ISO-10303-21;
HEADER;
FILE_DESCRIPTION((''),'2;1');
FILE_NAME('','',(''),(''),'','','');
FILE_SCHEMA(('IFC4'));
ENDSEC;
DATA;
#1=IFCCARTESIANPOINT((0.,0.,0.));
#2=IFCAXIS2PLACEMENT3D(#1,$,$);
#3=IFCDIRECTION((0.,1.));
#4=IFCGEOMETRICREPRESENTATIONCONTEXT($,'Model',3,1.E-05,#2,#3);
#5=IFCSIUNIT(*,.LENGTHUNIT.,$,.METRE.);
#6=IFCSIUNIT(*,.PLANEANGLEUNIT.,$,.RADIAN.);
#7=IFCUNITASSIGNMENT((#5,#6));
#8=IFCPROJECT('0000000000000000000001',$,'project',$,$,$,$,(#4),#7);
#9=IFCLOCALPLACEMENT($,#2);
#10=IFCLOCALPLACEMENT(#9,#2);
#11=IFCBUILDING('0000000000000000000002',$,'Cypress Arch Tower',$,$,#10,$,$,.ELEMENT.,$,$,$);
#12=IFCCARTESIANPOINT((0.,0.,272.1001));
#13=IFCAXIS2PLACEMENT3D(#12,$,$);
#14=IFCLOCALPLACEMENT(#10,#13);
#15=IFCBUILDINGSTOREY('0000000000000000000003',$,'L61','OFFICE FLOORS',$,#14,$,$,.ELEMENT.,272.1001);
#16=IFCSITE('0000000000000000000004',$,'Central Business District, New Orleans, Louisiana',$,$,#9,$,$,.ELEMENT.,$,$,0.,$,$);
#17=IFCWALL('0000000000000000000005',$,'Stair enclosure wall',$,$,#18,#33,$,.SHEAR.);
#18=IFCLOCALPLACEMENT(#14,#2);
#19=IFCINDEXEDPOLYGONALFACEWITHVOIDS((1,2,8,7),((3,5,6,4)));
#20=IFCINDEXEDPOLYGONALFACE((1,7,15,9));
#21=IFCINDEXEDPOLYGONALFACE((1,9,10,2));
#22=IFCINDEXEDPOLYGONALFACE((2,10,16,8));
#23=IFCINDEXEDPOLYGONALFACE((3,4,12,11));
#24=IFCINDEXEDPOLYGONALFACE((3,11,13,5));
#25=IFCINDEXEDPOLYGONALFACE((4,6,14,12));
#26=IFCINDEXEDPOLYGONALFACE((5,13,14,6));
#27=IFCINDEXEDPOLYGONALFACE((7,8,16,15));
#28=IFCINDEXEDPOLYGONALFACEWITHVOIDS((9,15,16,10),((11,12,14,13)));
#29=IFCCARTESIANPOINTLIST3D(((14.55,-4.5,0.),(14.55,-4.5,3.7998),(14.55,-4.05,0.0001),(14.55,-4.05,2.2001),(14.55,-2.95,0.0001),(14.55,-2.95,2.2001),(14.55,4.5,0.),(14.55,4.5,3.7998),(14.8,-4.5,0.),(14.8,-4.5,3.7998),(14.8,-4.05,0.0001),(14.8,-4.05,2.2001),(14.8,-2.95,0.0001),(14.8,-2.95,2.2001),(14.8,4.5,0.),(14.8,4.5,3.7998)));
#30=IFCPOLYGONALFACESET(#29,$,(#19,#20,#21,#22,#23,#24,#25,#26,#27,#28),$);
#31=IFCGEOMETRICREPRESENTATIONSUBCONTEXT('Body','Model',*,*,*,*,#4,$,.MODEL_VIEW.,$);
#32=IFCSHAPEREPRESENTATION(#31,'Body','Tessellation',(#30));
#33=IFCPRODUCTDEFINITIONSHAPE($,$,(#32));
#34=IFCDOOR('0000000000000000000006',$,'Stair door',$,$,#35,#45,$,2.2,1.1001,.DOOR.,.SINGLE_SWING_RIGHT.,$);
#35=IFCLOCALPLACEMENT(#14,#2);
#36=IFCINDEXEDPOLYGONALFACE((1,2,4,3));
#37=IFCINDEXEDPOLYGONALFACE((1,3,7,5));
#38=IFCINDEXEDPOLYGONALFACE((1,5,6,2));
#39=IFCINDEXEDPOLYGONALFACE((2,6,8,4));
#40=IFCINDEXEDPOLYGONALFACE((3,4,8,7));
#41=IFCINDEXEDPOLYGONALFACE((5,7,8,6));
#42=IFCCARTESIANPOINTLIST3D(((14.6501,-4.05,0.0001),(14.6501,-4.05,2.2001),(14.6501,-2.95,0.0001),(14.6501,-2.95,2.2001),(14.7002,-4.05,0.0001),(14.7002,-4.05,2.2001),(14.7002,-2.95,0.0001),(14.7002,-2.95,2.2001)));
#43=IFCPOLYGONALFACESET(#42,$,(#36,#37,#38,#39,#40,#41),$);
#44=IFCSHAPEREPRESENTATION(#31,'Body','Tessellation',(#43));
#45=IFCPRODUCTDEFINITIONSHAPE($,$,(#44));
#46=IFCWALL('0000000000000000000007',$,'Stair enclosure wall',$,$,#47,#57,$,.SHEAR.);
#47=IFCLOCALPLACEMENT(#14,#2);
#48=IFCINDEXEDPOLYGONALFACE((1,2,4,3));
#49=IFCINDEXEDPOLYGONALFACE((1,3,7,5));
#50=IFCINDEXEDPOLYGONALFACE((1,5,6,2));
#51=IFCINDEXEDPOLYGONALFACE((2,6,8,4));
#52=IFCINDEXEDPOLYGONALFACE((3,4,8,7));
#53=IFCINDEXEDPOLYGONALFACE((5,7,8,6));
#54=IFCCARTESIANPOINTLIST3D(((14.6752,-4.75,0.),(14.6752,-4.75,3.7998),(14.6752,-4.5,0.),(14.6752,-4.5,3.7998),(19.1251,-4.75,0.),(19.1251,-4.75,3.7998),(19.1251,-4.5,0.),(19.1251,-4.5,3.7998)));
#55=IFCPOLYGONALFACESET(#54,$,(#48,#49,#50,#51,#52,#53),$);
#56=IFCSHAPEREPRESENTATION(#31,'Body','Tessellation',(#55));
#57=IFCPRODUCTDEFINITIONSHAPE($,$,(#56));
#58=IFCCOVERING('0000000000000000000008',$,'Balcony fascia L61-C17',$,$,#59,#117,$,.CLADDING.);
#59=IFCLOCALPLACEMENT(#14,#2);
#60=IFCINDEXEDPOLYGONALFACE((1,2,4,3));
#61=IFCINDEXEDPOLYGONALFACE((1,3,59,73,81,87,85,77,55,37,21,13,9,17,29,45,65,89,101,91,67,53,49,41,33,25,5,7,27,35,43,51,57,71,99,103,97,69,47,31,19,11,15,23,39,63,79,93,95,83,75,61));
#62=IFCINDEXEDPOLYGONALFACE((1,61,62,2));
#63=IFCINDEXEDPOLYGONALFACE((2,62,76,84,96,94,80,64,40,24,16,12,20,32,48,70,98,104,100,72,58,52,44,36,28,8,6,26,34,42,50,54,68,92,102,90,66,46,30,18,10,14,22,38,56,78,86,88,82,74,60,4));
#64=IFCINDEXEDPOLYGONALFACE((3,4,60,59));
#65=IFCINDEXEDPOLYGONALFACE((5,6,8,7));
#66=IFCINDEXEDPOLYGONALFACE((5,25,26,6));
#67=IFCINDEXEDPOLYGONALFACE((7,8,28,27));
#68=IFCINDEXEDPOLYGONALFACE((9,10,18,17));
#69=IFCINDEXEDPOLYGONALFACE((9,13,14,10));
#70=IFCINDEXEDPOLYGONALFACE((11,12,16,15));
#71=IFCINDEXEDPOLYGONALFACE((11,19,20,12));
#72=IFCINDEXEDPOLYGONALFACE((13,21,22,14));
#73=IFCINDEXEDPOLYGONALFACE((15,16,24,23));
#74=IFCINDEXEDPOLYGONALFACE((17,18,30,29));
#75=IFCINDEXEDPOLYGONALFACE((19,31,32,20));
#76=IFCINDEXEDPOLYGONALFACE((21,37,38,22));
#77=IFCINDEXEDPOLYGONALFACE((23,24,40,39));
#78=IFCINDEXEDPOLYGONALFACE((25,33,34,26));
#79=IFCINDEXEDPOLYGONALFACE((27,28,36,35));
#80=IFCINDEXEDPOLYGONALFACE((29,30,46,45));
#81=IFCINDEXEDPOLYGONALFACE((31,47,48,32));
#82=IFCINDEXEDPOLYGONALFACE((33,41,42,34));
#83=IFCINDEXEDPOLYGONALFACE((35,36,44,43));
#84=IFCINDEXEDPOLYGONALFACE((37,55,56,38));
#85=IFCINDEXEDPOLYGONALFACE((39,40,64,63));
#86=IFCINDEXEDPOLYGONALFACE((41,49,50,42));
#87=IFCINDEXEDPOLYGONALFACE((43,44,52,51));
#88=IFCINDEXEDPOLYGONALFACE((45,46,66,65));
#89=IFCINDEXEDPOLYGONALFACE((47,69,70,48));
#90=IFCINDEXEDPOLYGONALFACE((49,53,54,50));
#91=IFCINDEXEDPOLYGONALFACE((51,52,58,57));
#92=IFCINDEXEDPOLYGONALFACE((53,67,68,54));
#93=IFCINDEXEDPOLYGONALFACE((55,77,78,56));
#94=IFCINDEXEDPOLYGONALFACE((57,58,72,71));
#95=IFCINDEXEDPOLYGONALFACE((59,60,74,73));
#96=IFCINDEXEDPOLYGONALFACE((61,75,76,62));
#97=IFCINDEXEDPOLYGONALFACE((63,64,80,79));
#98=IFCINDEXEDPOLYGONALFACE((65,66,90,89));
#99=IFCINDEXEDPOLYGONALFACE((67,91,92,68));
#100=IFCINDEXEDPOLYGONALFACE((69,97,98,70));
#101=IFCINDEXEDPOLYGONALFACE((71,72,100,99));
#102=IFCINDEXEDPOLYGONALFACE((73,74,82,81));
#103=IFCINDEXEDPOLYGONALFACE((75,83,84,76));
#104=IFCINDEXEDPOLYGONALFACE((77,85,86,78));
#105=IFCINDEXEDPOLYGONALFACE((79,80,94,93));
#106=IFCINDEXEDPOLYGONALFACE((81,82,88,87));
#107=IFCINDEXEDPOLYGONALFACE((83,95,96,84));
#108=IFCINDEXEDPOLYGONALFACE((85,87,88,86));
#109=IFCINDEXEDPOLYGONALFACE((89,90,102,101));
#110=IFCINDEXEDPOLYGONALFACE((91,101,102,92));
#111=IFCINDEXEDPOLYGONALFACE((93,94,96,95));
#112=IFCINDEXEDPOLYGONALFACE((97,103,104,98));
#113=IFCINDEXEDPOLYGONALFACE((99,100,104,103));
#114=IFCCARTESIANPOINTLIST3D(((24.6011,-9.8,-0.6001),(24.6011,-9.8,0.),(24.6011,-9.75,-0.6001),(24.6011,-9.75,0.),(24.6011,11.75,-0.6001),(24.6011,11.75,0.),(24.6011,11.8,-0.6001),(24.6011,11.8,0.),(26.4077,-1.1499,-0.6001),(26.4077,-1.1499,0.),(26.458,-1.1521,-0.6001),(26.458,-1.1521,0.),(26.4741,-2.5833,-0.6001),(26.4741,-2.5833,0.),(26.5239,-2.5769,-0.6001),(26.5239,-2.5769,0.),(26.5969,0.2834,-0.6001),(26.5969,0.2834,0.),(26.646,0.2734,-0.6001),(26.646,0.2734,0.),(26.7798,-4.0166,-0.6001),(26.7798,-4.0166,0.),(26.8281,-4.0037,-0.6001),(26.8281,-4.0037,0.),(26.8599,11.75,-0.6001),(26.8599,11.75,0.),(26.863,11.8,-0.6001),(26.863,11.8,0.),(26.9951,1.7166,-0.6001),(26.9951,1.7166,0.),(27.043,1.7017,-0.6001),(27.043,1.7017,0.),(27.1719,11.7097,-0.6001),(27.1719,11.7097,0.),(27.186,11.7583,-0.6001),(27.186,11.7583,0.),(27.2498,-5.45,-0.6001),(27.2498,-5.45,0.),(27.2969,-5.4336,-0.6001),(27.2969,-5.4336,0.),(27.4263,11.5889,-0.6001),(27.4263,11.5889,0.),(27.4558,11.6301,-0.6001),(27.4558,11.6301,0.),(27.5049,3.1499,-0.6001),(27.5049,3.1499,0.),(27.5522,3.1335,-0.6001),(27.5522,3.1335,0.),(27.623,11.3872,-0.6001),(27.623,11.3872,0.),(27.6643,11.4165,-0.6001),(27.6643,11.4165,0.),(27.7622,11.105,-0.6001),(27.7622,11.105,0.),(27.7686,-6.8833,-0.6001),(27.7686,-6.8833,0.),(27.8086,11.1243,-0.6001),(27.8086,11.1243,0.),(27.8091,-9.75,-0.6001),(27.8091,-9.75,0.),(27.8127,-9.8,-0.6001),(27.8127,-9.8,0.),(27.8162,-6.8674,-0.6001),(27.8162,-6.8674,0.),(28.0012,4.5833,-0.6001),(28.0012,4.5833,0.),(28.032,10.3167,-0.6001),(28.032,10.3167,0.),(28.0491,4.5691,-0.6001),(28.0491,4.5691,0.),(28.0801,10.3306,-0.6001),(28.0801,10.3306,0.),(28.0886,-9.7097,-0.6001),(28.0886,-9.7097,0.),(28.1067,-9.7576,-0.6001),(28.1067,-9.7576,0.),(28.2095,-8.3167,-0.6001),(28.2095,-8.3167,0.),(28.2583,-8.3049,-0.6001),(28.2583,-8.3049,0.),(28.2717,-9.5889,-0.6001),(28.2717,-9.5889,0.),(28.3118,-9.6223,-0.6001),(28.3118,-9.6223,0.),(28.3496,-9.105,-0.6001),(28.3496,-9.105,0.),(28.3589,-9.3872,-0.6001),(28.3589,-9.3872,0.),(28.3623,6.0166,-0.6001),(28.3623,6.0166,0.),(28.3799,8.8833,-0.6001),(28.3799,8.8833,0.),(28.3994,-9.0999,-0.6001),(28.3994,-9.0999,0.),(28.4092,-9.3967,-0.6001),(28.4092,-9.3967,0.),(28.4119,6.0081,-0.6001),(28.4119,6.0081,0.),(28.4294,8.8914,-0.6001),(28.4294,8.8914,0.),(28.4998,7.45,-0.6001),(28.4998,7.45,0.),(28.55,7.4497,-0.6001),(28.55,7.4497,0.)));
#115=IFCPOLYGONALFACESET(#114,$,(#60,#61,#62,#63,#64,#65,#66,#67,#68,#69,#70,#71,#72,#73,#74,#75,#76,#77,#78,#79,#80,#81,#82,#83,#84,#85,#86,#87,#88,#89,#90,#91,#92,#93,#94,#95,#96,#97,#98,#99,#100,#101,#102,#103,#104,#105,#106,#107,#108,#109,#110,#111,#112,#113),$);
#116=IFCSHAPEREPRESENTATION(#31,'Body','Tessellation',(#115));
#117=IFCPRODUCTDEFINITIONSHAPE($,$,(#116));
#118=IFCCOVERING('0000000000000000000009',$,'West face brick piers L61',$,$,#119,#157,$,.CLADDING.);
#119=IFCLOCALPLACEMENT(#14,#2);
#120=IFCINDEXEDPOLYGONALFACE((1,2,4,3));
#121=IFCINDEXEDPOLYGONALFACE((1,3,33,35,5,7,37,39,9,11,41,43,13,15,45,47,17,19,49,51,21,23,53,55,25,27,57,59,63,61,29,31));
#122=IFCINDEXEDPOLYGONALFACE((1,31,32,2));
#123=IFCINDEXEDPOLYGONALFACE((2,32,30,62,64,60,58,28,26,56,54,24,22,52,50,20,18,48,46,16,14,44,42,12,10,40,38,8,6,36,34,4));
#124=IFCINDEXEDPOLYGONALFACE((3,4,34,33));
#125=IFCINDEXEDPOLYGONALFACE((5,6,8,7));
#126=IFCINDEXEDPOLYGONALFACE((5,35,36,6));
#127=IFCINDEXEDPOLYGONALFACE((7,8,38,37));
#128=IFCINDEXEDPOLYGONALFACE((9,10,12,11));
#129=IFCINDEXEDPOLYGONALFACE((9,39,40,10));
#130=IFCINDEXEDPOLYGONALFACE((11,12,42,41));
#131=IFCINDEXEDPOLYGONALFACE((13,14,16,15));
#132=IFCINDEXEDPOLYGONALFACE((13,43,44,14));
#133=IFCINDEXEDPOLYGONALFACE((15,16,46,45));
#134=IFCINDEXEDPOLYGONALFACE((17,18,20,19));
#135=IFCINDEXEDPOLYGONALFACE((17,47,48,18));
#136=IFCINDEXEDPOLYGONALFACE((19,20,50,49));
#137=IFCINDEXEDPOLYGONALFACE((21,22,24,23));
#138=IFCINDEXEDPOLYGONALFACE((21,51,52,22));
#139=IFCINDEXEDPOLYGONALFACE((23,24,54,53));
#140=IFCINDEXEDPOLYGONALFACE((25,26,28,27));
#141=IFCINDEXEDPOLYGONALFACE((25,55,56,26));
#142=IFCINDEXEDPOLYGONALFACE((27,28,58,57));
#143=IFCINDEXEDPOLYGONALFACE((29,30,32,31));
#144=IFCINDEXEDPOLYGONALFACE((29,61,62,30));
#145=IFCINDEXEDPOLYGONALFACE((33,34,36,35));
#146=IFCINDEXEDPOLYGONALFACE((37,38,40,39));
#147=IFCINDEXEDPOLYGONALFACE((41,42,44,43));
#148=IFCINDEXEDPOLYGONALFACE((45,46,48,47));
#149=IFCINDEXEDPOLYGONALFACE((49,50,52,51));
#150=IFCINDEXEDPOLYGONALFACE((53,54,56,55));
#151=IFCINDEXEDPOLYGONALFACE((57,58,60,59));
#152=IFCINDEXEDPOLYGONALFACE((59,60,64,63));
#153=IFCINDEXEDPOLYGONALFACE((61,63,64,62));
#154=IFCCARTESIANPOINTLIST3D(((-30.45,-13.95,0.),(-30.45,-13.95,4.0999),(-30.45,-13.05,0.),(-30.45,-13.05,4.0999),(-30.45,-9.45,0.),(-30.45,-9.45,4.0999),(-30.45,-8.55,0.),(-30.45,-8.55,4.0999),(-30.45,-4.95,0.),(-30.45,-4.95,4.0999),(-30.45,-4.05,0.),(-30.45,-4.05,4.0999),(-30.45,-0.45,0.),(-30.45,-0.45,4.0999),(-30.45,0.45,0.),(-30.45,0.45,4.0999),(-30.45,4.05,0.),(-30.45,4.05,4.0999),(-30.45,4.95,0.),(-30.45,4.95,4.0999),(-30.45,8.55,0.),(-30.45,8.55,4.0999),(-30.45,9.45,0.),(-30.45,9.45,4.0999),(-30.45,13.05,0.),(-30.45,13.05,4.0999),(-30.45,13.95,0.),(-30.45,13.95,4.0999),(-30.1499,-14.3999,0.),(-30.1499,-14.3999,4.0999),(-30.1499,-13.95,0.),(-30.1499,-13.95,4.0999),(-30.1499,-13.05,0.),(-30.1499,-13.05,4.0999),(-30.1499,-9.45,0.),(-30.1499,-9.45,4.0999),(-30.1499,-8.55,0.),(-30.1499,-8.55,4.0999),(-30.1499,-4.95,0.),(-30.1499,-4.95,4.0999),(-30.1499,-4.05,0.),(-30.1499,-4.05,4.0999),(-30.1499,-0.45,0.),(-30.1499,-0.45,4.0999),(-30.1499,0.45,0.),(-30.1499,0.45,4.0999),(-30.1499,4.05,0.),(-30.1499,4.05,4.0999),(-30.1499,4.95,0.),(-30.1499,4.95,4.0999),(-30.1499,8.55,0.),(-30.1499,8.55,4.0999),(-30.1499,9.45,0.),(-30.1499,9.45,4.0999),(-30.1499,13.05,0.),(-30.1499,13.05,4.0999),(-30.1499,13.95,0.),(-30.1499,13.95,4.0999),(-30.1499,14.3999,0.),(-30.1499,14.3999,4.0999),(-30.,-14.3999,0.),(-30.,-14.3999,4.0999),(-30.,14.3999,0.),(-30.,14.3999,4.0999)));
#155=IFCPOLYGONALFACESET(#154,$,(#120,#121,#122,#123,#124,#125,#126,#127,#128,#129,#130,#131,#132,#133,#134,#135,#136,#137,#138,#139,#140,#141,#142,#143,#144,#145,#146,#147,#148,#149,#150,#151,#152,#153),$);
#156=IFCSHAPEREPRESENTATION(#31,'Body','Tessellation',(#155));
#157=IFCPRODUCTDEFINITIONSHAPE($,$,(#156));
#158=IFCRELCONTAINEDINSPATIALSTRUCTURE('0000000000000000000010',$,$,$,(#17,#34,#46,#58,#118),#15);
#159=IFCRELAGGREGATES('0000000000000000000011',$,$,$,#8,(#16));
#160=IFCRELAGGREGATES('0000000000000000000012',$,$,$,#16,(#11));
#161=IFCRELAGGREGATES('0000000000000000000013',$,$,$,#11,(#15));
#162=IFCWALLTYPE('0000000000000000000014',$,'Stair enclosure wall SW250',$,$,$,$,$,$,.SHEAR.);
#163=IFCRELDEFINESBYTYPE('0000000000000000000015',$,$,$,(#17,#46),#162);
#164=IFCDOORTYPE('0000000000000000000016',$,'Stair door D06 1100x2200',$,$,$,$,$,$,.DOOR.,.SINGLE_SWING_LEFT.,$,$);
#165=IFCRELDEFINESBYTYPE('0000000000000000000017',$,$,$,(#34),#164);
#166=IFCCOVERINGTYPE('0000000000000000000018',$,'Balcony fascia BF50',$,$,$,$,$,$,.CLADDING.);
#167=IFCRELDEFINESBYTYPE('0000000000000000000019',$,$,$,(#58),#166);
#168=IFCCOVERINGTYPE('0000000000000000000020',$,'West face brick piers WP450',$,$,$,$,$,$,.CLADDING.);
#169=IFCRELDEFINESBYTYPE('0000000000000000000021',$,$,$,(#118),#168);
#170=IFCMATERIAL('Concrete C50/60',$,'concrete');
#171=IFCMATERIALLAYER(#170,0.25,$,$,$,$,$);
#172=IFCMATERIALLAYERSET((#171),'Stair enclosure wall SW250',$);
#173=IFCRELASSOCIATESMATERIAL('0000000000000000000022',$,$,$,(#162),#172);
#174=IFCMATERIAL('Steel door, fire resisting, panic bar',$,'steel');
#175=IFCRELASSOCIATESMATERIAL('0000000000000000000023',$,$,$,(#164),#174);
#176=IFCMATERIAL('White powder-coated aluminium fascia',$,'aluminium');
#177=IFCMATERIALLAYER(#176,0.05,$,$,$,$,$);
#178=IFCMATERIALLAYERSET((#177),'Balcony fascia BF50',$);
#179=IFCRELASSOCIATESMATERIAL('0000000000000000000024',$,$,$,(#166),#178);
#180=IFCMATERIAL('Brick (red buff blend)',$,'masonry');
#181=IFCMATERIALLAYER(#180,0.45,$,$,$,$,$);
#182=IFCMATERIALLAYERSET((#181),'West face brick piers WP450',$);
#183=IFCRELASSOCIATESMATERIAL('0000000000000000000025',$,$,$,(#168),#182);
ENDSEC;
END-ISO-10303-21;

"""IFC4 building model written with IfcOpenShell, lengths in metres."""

from ifc_helpers import new_model, si_unit, direction, frame, frame_2d, origin, place, context, subcontext, project, spatial, polyline, rectangle, outline, extrude, material, layer, layer_set, type_object, element, fill, save


model = new_model("IFC4")

# Units and contexts
model_context = context("Model", 3, precision=1e-05, world=origin(), true_north=direction((0.0, 1.0)))
body_context = subcontext(model_context, "Body", "Model", "MODEL_VIEW")
ifc_project = project(units=[si_unit("LENGTHUNIT", "METRE"), si_unit("PLANEANGLEUNIT", "RADIAN")], contexts=[model_context])

# Site, building, storey
site_placement = place(None, origin())
site = spatial("IfcSite", under=ifc_project, at=site_placement, Name="Central Business District, New Orleans, Louisiana", CompositionType="ELEMENT", RefElevation=0.0)
building_placement = place(site_placement, origin())
building = spatial("IfcBuilding", under=site, at=building_placement, Name="Cypress Arch Tower", CompositionType="ELEMENT")
storey_placement = place(building_placement, frame((0.0, 0.0, 272.1001)))
storey = spatial("IfcBuildingStorey", under=building, at=storey_placement, Name="L61", Description="OFFICE FLOORS", CompositionType="ELEMENT", Elevation=272.1001)

# Wall, opening, door
ifc_material_1 = material(Name="Concrete C50/60", Category="concrete")
ifc_layer_1 = layer(ifc_material_1, 0.25)
ifc_layer_set_1 = layer_set([ifc_layer_1], Name="Stair enclosure wall SW250")
wall_type_1 = type_object("IfcWallType", Name="Stair enclosure wall SW250", PredefinedType="SHEAR", material=ifc_layer_set_1)
wall_1_placement = place(storey_placement, frame((14.675, -4.5, 0.0), z_axis=(0.0, 0.0, 1.0), x_axis=(0.0, 1.0, 0.0)))
wall_1 = element("IfcWall", 1, at=wall_1_placement, inside=storey, type_object=wall_type_1, Name="Stair enclosure wall", PredefinedType="SHEAR", context=body_context, shape_type="SweptSolid", body=[
    extrude(rectangle(XDim=9.0, YDim=0.25, at=frame_2d((4.5, 0.0))), origin(), (0.0, 0.0, 1.0), 3.7998),
])
opening_placement = place(wall_1_placement, frame((0.45, 0.0, 0.0)))
opening = element("IfcOpeningElement", 2, at=opening_placement, cuts=wall_1, PredefinedType="OPENING", context=body_context, shape_type="SweptSolid", body=[
    extrude(rectangle(XDim=1.1001, YDim=2.2, at=frame_2d((0.55, 1.1001))), frame((0.0, 0.135, 0.0), z_axis=(0.0, -1.0, 0.0), x_axis=(1.0, 0.0, 0.0)), (0.0, 0.0, 1.0), 0.27),
])
ifc_material_2 = material(Name="Steel door, fire resisting, panic bar", Category="steel")
door_type = type_object("IfcDoorType", Name="Stair door D06 1100x2200", OperationType="SINGLE_SWING_LEFT", PredefinedType="DOOR", material=ifc_material_2)
door_placement = place(opening_placement, origin())
door = element("IfcDoor", 3, at=door_placement, inside=storey, type_object=door_type, Name="Stair door", OperationType="SINGLE_SWING_RIGHT", OverallHeight=2.2, OverallWidth=1.1001, PredefinedType="DOOR", context=body_context, shape_type="SweptSolid", body=[
    extrude(rectangle(XDim=1.1001, YDim=2.2, at=frame_2d((0.55, 1.1001))), frame((0.0, 0.0249, 0.0), z_axis=(0.0, -1.0, 0.0), x_axis=(1.0, 0.0, 0.0)), (0.0, 0.0, 1.0), 0.05),
])
fill(opening, door)

# Wall
wall_2_placement = place(storey_placement, frame((14.675, -4.625, 0.0), z_axis=(0.0, 0.0, 1.0), x_axis=(1.0, 0.0, 0.0)))
element("IfcWall", 4, at=wall_2_placement, inside=storey, type_object=wall_type_1, Name="Stair enclosure wall", PredefinedType="SHEAR", context=body_context, shape_type="SweptSolid", body=[
    extrude(rectangle(XDim=4.45, YDim=0.25, at=frame_2d((2.2251, 0.0))), origin(), (0.0, 0.0, 1.0), 3.7998),
])

# Coverings
ifc_material_3 = material(Name="White powder-coated aluminium fascia", Category="aluminium")
ifc_layer_2 = layer(ifc_material_3, 0.05)
ifc_layer_set_2 = layer_set([ifc_layer_2], Name="Balcony fascia BF50")
covering_type_1 = type_object("IfcCoveringType", Name="Balcony fascia BF50", PredefinedType="CLADDING", material=ifc_layer_set_2)
covering_1_placement = place(storey_placement, frame((0.0, 0.0, -0.6001)))
element("IfcCovering", 5, at=covering_1_placement, inside=storey, type_object=covering_type_1, Name="Balcony fascia L61-C17", PredefinedType="CLADDING", context=body_context, shape_type="SweptSolid", body=[
    extrude(outline(polyline([(26.863, 11.8), (27.186, 11.7583), (27.4558, 11.6301), (27.6643, 11.4165), (27.8086, 11.1243), (28.0801, 10.3306), (28.4294, 8.8914), (28.55, 7.4497), (28.4119, 6.0081), (28.0491, 4.5691), (27.5522, 3.1335), (27.043, 1.7017), (26.646, 0.2734), (26.458, -1.1521), (26.5239, -2.5769), (26.8281, -4.0037), (27.2969, -5.4336), (27.8162, -6.8674), (28.2583, -8.3049), (28.3994, -9.0999), (28.4092, -9.3967), (28.3118, -9.6223), (28.1067, -9.7576), (27.8127, -9.8), (24.6011, -9.8), (24.6011, -9.75), (27.8091, -9.75), (28.0886, -9.7097), (28.2717, -9.5889), (28.3589, -9.3872), (28.3496, -9.105), (28.2095, -8.3167), (27.7686, -6.8833), (27.2498, -5.45), (26.7798, -4.0166), (26.4741, -2.5833), (26.4077, -1.1499), (26.5969, 0.2834), (26.9951, 1.7166), (27.5049, 3.1499), (28.0012, 4.5833), (28.3623, 6.0166), (28.4998, 7.45), (28.3799, 8.8833), (28.032, 10.3167), (27.7622, 11.105), (27.623, 11.3872), (27.4263, 11.5889), (27.1719, 11.7097), (26.8599, 11.75), (24.6011, 11.75), (24.6011, 11.8), (26.863, 11.8)])), origin(), (0.0, 0.0, 1.0), 0.6001),
])
ifc_material_4 = material(Name="Brick (red buff blend)", Category="masonry")
ifc_layer_3 = layer(ifc_material_4, 0.45)
ifc_layer_set_3 = layer_set([ifc_layer_3], Name="West face brick piers WP450")
covering_type_2 = type_object("IfcCoveringType", Name="West face brick piers WP450", PredefinedType="CLADDING", material=ifc_layer_set_3)
covering_2_placement = place(storey_placement, origin())
element("IfcCovering", 6, at=covering_2_placement, inside=storey, type_object=covering_type_2, Name="West face brick piers L61", PredefinedType="CLADDING", context=body_context, shape_type="SweptSolid", body=[
    extrude(outline(polyline([(-30.1499, -13.05), (-30.1499, -9.45), (-30.45, -9.45), (-30.45, -8.55), (-30.1499, -8.55), (-30.1499, -4.95), (-30.45, -4.95), (-30.45, -4.05), (-30.1499, -4.05), (-30.1499, -0.45), (-30.45, -0.45), (-30.45, 0.45), (-30.1499, 0.45), (-30.1499, 4.05), (-30.45, 4.05), (-30.45, 4.95), (-30.1499, 4.95), (-30.1499, 8.55), (-30.45, 8.55), (-30.45, 9.45), (-30.1499, 9.45), (-30.1499, 13.05), (-30.45, 13.05), (-30.45, 13.95), (-30.1499, 13.95), (-30.1499, 14.3999), (-30.0, 14.3999), (-30.0, -14.3999), (-30.1499, -14.3999), (-30.1499, -13.95), (-30.45, -13.95), (-30.45, -13.05), (-30.1499, -13.05)])), origin(), (0.0, 0.0, 1.0), 4.0999),
])

save(model, "model.ifc")
